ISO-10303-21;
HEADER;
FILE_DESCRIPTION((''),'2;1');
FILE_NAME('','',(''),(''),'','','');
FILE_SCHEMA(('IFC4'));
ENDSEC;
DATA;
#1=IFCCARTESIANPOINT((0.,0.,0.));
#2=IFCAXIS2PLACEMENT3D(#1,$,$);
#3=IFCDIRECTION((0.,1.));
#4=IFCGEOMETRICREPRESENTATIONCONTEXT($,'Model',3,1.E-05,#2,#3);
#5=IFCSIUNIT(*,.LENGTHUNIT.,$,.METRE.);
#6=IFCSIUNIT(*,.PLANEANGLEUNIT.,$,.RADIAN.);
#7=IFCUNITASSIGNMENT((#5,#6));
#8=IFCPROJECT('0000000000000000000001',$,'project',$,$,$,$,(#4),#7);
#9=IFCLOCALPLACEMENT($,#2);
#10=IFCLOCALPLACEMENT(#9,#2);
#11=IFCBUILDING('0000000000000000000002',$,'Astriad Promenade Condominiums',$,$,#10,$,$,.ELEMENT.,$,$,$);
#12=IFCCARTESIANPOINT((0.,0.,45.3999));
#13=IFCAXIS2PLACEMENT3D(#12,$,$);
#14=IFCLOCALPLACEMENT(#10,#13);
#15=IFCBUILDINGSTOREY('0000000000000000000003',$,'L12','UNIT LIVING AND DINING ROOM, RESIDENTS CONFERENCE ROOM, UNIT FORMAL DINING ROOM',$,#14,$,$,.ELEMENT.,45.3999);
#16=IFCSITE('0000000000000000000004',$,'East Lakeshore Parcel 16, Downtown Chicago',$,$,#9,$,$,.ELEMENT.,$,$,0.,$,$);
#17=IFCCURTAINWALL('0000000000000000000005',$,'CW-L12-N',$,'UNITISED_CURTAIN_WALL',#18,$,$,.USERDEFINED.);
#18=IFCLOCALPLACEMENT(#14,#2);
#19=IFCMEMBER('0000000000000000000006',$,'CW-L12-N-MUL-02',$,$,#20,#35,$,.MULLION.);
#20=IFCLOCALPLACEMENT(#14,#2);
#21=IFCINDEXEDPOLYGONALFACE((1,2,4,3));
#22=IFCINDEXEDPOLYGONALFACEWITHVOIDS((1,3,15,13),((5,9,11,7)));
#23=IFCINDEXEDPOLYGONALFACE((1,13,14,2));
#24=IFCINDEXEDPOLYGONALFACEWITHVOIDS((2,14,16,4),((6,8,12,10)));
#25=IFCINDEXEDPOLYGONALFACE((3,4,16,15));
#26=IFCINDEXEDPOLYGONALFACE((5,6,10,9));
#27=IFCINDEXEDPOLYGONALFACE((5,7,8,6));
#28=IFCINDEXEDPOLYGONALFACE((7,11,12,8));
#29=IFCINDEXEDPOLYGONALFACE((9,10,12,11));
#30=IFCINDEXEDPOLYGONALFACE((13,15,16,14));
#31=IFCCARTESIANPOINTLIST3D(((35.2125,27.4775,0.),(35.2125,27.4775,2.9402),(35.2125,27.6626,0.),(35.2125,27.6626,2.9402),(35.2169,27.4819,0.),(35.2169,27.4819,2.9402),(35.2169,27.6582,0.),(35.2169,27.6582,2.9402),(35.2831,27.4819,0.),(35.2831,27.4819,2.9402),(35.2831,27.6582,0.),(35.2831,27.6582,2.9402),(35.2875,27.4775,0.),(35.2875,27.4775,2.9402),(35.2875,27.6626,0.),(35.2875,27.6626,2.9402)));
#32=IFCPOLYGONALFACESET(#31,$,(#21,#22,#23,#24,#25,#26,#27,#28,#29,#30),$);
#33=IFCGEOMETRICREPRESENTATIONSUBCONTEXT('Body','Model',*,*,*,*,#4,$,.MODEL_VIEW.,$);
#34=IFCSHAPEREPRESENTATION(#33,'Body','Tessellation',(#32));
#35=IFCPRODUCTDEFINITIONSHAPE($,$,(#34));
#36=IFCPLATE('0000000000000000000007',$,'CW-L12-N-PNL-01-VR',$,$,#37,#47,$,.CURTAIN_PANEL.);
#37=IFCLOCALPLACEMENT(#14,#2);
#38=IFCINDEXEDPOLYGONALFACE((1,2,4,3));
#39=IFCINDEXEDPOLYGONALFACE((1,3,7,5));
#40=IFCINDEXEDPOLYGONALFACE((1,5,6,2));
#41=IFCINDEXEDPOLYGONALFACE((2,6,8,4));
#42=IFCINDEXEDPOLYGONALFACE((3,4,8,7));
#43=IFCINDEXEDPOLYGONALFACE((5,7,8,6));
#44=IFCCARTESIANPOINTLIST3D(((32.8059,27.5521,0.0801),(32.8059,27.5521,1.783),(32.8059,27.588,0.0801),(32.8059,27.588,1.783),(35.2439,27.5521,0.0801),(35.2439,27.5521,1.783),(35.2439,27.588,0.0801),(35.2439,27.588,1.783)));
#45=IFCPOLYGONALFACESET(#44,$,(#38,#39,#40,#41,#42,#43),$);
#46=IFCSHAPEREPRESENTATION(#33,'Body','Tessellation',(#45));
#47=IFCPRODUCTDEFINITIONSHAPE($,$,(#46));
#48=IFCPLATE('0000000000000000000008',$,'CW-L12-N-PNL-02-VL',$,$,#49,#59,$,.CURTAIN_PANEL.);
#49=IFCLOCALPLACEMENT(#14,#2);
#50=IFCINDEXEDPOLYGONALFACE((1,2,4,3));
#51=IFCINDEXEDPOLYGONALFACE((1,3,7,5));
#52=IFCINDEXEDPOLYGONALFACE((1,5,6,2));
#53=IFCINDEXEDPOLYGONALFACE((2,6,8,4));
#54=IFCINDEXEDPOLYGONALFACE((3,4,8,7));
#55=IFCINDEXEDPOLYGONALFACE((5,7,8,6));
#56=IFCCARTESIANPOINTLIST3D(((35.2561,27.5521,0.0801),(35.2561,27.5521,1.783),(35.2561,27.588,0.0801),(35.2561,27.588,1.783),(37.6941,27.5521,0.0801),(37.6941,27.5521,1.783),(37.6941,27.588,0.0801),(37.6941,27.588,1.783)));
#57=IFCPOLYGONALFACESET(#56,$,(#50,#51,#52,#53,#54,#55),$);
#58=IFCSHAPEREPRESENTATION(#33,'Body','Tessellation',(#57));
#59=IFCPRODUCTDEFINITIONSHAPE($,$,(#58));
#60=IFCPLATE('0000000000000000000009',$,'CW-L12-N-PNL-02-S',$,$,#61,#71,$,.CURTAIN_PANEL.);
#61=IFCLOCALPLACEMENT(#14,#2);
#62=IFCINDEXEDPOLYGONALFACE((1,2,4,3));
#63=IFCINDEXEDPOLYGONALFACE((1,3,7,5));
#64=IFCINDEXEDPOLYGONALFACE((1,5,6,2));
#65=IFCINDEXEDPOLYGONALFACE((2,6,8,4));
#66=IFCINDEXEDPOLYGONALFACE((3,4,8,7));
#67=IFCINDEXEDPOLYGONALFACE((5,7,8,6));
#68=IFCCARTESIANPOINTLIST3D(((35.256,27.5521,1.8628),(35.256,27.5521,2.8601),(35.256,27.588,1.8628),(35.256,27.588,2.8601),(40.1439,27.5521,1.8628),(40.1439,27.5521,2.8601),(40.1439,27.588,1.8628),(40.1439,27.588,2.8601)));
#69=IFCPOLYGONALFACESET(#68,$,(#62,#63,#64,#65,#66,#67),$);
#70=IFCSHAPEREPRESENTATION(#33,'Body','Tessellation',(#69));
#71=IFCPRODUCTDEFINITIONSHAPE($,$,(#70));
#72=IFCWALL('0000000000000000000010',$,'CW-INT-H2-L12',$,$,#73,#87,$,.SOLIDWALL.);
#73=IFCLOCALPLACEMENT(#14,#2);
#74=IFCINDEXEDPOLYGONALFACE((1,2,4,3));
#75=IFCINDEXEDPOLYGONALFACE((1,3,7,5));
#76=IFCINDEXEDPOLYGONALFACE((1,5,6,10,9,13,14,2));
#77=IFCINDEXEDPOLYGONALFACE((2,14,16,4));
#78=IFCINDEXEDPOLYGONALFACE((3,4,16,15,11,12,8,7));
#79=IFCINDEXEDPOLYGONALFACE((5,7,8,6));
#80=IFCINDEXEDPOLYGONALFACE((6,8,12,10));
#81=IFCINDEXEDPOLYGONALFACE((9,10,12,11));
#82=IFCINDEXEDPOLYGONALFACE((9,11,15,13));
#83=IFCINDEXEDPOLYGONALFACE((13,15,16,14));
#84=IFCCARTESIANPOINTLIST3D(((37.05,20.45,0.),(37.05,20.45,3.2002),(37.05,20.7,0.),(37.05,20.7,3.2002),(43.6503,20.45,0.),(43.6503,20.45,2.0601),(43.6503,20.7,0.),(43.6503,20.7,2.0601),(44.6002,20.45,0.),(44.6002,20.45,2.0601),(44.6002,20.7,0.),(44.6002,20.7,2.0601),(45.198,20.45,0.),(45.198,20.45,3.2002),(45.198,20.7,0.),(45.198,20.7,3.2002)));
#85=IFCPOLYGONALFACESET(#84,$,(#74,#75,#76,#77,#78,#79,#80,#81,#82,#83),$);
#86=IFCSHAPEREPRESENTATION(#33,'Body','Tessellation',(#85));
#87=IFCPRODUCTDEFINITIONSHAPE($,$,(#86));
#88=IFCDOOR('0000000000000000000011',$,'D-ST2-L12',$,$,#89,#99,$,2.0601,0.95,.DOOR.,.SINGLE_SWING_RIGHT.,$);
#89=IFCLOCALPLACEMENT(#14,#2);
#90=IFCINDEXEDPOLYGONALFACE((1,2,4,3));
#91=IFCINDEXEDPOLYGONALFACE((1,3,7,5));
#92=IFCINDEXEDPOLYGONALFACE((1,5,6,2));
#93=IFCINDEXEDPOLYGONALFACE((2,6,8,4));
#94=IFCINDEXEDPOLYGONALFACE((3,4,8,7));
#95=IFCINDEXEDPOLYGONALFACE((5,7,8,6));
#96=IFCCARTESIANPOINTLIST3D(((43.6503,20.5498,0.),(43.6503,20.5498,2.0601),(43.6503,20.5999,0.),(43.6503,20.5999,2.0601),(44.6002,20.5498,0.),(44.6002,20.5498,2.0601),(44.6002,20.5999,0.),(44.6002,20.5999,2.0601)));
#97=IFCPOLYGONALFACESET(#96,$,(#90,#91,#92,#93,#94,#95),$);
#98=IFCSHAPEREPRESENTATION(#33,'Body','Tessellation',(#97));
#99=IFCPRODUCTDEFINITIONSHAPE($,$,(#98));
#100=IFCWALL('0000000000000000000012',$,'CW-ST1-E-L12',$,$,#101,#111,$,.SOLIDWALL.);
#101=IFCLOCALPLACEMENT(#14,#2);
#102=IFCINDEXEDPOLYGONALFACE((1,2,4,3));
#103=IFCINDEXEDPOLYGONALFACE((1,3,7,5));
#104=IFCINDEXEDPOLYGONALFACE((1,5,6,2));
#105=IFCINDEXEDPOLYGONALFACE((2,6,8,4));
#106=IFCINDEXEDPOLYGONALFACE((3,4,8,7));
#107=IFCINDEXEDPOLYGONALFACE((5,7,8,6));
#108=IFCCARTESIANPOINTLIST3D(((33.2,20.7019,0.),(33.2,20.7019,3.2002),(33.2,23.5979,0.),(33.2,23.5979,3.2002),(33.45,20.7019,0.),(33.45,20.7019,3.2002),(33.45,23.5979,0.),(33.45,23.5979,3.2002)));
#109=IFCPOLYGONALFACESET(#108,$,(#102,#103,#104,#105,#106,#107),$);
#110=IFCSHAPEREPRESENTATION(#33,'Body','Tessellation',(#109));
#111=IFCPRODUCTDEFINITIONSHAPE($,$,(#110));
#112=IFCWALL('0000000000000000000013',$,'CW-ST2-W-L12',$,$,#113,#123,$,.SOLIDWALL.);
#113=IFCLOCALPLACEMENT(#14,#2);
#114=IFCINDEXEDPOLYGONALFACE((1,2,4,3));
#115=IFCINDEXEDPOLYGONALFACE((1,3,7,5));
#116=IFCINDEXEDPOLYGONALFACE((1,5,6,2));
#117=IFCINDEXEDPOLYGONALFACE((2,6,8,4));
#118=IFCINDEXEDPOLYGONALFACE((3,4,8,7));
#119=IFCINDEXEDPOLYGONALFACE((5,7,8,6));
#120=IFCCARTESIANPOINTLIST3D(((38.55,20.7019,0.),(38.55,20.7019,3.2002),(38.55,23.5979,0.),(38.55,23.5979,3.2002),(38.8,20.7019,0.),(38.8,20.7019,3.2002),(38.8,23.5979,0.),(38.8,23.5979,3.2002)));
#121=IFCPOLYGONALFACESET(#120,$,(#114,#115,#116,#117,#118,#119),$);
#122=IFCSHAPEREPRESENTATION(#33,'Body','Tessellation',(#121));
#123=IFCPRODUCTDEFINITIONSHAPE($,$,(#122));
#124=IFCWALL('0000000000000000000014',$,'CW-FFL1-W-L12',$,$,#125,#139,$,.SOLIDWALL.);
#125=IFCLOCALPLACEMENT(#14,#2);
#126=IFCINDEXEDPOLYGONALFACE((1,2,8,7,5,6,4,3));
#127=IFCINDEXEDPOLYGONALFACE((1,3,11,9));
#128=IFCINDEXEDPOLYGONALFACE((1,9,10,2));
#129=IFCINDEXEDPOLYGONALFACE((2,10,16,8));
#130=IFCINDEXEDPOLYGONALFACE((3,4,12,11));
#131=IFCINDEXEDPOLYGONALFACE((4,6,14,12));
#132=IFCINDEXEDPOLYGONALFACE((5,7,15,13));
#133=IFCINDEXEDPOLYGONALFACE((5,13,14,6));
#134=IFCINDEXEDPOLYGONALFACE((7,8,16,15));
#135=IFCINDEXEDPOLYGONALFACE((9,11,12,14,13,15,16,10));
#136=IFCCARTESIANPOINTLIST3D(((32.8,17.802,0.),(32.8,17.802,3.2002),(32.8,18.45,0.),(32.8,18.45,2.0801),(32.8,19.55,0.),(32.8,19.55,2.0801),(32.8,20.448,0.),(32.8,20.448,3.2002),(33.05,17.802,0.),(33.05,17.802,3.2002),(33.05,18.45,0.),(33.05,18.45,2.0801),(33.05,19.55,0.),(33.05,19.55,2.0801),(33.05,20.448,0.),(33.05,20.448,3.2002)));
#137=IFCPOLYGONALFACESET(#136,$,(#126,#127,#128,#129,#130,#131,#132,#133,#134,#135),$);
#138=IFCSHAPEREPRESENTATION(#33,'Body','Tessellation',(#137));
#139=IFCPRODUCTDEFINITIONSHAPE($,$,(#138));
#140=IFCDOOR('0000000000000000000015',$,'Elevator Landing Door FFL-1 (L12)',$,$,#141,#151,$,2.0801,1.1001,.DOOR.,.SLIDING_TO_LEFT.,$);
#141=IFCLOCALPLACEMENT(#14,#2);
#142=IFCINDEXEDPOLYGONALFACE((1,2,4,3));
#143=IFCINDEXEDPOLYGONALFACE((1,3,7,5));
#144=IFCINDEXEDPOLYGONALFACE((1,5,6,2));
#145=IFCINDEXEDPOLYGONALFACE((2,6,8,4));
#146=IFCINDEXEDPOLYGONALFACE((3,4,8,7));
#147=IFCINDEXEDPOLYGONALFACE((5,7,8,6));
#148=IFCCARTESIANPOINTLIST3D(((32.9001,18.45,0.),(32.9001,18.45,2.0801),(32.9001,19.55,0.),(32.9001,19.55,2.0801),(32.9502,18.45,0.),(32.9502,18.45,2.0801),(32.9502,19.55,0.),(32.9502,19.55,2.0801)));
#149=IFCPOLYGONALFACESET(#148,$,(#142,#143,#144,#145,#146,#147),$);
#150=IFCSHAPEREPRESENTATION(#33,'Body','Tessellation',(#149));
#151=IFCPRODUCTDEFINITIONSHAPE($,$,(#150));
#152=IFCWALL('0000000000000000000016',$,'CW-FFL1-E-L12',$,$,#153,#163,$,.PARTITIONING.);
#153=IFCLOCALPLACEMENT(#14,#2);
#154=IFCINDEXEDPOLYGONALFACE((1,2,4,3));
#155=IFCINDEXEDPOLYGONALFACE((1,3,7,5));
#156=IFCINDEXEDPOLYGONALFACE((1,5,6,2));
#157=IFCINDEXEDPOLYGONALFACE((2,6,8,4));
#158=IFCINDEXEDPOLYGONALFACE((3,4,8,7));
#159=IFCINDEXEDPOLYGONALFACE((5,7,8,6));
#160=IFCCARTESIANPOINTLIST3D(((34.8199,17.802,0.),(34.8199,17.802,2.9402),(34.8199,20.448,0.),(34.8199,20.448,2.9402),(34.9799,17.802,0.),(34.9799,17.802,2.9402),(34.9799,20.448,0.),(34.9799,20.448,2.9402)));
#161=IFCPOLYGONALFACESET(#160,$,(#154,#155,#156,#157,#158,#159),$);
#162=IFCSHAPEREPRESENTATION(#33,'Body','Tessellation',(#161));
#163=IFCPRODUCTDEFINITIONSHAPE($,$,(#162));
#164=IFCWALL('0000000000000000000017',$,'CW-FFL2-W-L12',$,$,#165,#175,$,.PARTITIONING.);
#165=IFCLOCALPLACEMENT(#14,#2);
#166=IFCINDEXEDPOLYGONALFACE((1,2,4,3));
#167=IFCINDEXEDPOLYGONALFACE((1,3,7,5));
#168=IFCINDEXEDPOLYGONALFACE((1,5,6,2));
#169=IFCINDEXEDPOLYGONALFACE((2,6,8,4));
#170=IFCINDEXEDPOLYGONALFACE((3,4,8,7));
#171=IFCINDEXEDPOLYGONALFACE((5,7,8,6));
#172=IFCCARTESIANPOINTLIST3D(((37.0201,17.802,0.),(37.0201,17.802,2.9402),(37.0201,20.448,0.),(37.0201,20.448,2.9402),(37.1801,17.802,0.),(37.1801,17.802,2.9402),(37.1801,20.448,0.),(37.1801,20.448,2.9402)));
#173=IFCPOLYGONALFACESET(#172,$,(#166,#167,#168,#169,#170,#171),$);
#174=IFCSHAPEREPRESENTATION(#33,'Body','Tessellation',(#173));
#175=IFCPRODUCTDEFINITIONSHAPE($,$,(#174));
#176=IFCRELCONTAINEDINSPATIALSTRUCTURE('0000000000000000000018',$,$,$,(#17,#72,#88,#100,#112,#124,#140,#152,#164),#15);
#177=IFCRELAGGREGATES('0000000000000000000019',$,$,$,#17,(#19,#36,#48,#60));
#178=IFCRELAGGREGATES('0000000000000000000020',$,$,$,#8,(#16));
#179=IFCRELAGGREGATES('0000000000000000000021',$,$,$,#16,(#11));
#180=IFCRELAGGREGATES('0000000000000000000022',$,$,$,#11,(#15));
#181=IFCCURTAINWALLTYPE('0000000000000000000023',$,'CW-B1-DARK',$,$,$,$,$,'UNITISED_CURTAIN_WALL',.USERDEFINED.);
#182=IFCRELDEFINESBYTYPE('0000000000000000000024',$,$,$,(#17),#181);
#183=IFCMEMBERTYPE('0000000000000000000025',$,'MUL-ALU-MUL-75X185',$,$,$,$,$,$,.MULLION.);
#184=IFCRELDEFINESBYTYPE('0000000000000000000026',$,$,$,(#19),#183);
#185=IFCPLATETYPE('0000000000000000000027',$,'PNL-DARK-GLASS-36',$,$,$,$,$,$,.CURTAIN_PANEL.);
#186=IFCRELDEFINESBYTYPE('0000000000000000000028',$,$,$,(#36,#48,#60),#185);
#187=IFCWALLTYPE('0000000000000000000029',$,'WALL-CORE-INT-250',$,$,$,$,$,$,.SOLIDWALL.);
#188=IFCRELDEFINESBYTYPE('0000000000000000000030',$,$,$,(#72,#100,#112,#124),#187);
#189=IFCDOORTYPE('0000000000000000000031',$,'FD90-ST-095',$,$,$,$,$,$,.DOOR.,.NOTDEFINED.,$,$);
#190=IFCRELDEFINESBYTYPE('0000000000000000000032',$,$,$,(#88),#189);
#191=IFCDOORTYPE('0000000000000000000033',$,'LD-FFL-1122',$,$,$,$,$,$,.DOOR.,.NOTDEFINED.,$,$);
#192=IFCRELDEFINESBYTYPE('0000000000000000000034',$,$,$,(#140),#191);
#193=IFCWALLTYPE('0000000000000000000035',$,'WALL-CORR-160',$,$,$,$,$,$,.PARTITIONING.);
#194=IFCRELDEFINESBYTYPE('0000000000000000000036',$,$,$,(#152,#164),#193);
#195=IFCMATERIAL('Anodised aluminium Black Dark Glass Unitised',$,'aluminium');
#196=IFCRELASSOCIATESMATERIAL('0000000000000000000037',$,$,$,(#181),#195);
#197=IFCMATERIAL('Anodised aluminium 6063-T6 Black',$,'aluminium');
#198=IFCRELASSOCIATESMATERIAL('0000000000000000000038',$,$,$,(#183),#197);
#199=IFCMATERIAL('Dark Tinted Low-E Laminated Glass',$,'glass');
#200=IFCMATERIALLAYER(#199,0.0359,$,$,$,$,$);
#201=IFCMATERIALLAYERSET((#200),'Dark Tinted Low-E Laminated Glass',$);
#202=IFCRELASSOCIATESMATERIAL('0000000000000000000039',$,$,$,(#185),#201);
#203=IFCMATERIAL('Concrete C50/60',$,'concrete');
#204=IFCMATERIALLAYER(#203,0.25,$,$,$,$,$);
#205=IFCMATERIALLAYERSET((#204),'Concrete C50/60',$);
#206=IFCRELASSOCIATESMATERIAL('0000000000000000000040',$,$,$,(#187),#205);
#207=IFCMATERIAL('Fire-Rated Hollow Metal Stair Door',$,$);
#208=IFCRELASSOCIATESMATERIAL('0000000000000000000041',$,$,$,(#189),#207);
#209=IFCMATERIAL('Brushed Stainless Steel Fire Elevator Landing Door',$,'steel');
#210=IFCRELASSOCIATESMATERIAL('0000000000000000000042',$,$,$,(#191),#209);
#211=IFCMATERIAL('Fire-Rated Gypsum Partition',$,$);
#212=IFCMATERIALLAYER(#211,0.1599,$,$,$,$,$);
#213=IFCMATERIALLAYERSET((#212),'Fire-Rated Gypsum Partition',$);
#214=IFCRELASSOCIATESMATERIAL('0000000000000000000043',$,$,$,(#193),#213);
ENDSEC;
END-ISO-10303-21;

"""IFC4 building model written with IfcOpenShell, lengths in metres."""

from ifc_helpers import new_model, si_unit, direction, frame, frame_2d, origin, origin_2d, place, context, subcontext, project, spatial, rectangle, hollow_rectangle, extrude, source, transform, mapped, material, layer, layer_set, material_profile, profile_set, type_object, type_shapes, element, fill, aggregate, save


model = new_model("IFC4")

# Units and contexts
model_context = context("Model", 3, precision=1e-05, world=origin(), true_north=direction((0.0, 1.0)))
body_context = subcontext(model_context, "Body", "Model", "MODEL_VIEW")
ifc_project = project(units=[si_unit("LENGTHUNIT", "METRE"), si_unit("PLANEANGLEUNIT", "RADIAN")], contexts=[model_context])

# Site, building, storey
site_placement = place(None, origin())
site = spatial("IfcSite", under=ifc_project, at=site_placement, Name="East Lakeshore Parcel 16, Downtown Chicago", CompositionType="ELEMENT", RefElevation=0.0)
building_placement = place(site_placement, origin())
building = spatial("IfcBuilding", under=site, at=building_placement, Name="Astriad Promenade Condominiums", CompositionType="ELEMENT")
storey_placement = place(building_placement, frame((0.0, 0.0, 45.3999)))
storey = spatial("IfcBuildingStorey", under=building, at=storey_placement, Name="L12", Description="UNIT LIVING AND DINING ROOM, RESIDENTS CONFERENCE ROOM, UNIT FORMAL DINING ROOM", CompositionType="ELEMENT", Elevation=45.3999)

# Curtain wall, member, plates
ifc_material_1 = material(Name="Anodised aluminium Black Dark Glass Unitised", Category="aluminium")
curtain_wall_type = type_object("IfcCurtainWallType", Name="CW-B1-DARK", ElementType="UNITISED_CURTAIN_WALL", PredefinedType="USERDEFINED", material=ifc_material_1)
curtain_wall_placement = place(storey_placement, origin())
curtain_wall = element("IfcCurtainWall", 1, at=curtain_wall_placement, inside=storey, type_object=curtain_wall_type, Name="CW-L12-N", ObjectType="UNITISED_CURTAIN_WALL", PredefinedType="USERDEFINED")
ifc_material_2 = material(Name="Anodised aluminium 6063-T6 Black", Category="aluminium")
ifc_material_profile_1 = material_profile(ifc_material_2, hollow_rectangle(XDim=0.075, YDim=0.1851, WallThickness=0.0044, at=origin_2d()), Name="ALU-MUL-75X185")
ifc_profile_set_1 = profile_set([ifc_material_profile_1], Name="Anodised aluminium 6063-T6 Black")
member_type_1 = type_object("IfcMemberType", Name="MUL-ALU-MUL-75X185", PredefinedType="MULLION", material=ifc_profile_set_1)
shared_shape_1 = source(origin(), body_context, "Body", "SweptSolid", [
    extrude(hollow_rectangle(XDim=0.075, YDim=0.1851, WallThickness=0.0044, at=origin_2d()), origin(), (0.0, 0.0, 1.0), 2.9402),
])
type_shapes(member_type_1, [shared_shape_1])
member_1_placement = place(storey_placement, frame((35.25, 27.5701, 0.0), z_axis=(0.0, 0.0, 1.0), x_axis=(1.0, 0.0, 0.0)))
member_1 = element("IfcMember", 2, at=member_1_placement, type_object=member_type_1, Name="CW-L12-N-MUL-02", PredefinedType="MULLION", context=body_context, shape_type="MappedRepresentation", body=[
    mapped(shared_shape_1, transform((0.0, 0.0, 0.0), scale=1.0)),
])
ifc_material_3 = material(Name="Dark Tinted Low-E Laminated Glass", Category="glass")
ifc_layer_1 = layer(ifc_material_3, 0.0359)
ifc_layer_set_1 = layer_set([ifc_layer_1], Name="Dark Tinted Low-E Laminated Glass")
plate_type = type_object("IfcPlateType", Name="PNL-DARK-GLASS-36", PredefinedType="CURTAIN_PANEL", material=ifc_layer_set_1)
shared_shape_2 = source(origin(), body_context, "Body", "SweptSolid", [
    extrude(rectangle(XDim=2.438, YDim=0.0359, at=origin_2d()), origin(), (0.0, 0.0, 1.0), 1.7029),
])
plate_1_placement = place(storey_placement, frame((34.0249, 27.5701, 0.0801), z_axis=(0.0, 0.0, 1.0), x_axis=(1.0, 0.0, 0.0)))
plate_1 = element("IfcPlate", 3, at=plate_1_placement, type_object=plate_type, Name="CW-L12-N-PNL-01-VR", PredefinedType="CURTAIN_PANEL", context=body_context, shape_type="MappedRepresentation", body=[
    mapped(shared_shape_2, transform((0.0, 0.0, 0.0), scale=1.0)),
])
plate_2_placement = place(storey_placement, frame((36.4751, 27.5701, 0.0801), z_axis=(0.0, 0.0, 1.0), x_axis=(1.0, 0.0, 0.0)))
plate_2 = element("IfcPlate", 4, at=plate_2_placement, type_object=plate_type, Name="CW-L12-N-PNL-02-VL", PredefinedType="CURTAIN_PANEL", context=body_context, shape_type="MappedRepresentation", body=[
    mapped(shared_shape_2, transform((0.0, 0.0, 0.0), scale=1.0)),
])
shared_shape_3 = source(origin(), body_context, "Body", "SweptSolid", [
    extrude(rectangle(XDim=4.8879, YDim=0.0359, at=origin_2d()), origin(), (0.0, 0.0, 1.0), 0.9973),
])
type_shapes(plate_type, [shared_shape_2, shared_shape_3])
plate_3_placement = place(storey_placement, frame((37.7, 27.5701, 1.8628), z_axis=(0.0, 0.0, 1.0), x_axis=(1.0, 0.0, 0.0)))
plate_3 = element("IfcPlate", 5, at=plate_3_placement, type_object=plate_type, Name="CW-L12-N-PNL-02-S", PredefinedType="CURTAIN_PANEL", context=body_context, shape_type="MappedRepresentation", body=[
    mapped(shared_shape_3, transform((0.0, 0.0, 0.0), scale=1.0)),
])
aggregate(curtain_wall, [member_1, plate_1, plate_2, plate_3])

# Wall, opening, door
ifc_material_4 = material(Name="Concrete C50/60", Category="concrete")
ifc_layer_2 = layer(ifc_material_4, 0.25)
ifc_layer_set_2 = layer_set([ifc_layer_2], Name="Concrete C50/60")
wall_type_1 = type_object("IfcWallType", Name="WALL-CORE-INT-250", PredefinedType="SOLIDWALL", material=ifc_layer_set_2)
wall_1_placement = place(storey_placement, frame((37.05, 20.575, 0.0), z_axis=(0.0, 0.0, 1.0), x_axis=(1.0, 0.0, 0.0)))
wall_1 = element("IfcWall", 6, at=wall_1_placement, inside=storey, type_object=wall_type_1, Name="CW-INT-H2-L12", PredefinedType="SOLIDWALL", context=body_context, shape_type="SweptSolid", body=[
    extrude(rectangle(XDim=8.1479, YDim=0.25, at=frame_2d((4.074, 0.0))), origin(), (0.0, 0.0, 1.0), 3.2002),
])
opening_1_placement = place(wall_1_placement, frame((6.6001, 0.0, 0.0)))
opening_1 = element("IfcOpeningElement", 7, at=opening_1_placement, cuts=wall_1, PredefinedType="OPENING", context=body_context, shape_type="SweptSolid", body=[
    extrude(rectangle(XDim=0.95, YDim=2.0601, at=frame_2d((0.4751, 1.03))), frame((0.0, 0.135, 0.0), z_axis=(0.0, -1.0, 0.0), x_axis=(1.0, 0.0, 0.0)), (0.0, 0.0, 1.0), 0.27),
])
ifc_material_5 = material(Name="Fire-Rated Hollow Metal Stair Door")
door_type_1 = type_object("IfcDoorType", Name="FD90-ST-095", OperationType="NOTDEFINED", PredefinedType="DOOR", material=ifc_material_5)
shared_shape_4 = source(origin(), body_context, "Body", "SweptSolid", [
    extrude(rectangle(XDim=0.95, YDim=2.0601, at=frame_2d((0.4751, 1.03))), frame((0.0, 0.0249, 0.0), z_axis=(0.0, -1.0, 0.0), x_axis=(1.0, 0.0, 0.0)), (0.0, 0.0, 1.0), 0.05),
])
type_shapes(door_type_1, [shared_shape_4])
door_1_placement = place(opening_1_placement, origin())
door_1 = element("IfcDoor", 8, at=door_1_placement, inside=storey, type_object=door_type_1, Name="D-ST2-L12", OperationType="SINGLE_SWING_RIGHT", OverallHeight=2.0601, OverallWidth=0.95, PredefinedType="DOOR", context=body_context, shape_type="MappedRepresentation", body=[
    mapped(shared_shape_4, transform((0.0, 0.0, 0.0), scale=1.0)),
])
fill(opening_1, door_1)

# Walls
for number, where, z_axis, x_axis, name in (
    (9, (33.325, 20.7019, 0.0), (0.0, 0.0, 1.0), (0.0, 1.0, 0.0), "CW-ST1-E-L12"),
    (10, (38.675, 20.7019, 0.0), (0.0, 0.0, 1.0), (0.0, 1.0, 0.0), "CW-ST2-W-L12"),
):
    element("IfcWall", number, at=place(storey_placement, frame(where, z_axis=z_axis, x_axis=x_axis)), inside=storey, type_object=wall_type_1, Name=name, PredefinedType="SOLIDWALL", context=body_context, shape_type="SweptSolid", body=[
        extrude(rectangle(XDim=2.896, YDim=0.25, at=frame_2d((1.448, 0.0))), origin(), (0.0, 0.0, 1.0), 3.2002),
    ])

# Wall, opening, door
wall_2_placement = place(storey_placement, frame((32.925, 17.802, 0.0), z_axis=(0.0, 0.0, 1.0), x_axis=(0.0, 1.0, 0.0)))
wall_2 = element("IfcWall", 11, at=wall_2_placement, inside=storey, type_object=wall_type_1, Name="CW-FFL1-W-L12", PredefinedType="SOLIDWALL", context=body_context, shape_type="SweptSolid", body=[
    extrude(rectangle(XDim=2.646, YDim=0.25, at=frame_2d((1.323, 0.0))), origin(), (0.0, 0.0, 1.0), 3.2002),
])
opening_2_placement = place(wall_2_placement, frame((0.6479, 0.0, 0.0)))
opening_2 = element("IfcOpeningElement", 12, at=opening_2_placement, cuts=wall_2, PredefinedType="OPENING", context=body_context, shape_type="SweptSolid", body=[
    extrude(rectangle(XDim=1.1001, YDim=2.0801, at=frame_2d((0.55, 1.04))), frame((0.0, 0.135, 0.0), z_axis=(0.0, -1.0, 0.0), x_axis=(1.0, 0.0, 0.0)), (0.0, 0.0, 1.0), 0.27),
])
ifc_material_6 = material(Name="Brushed Stainless Steel Fire Elevator Landing Door", Category="steel")
door_type_2 = type_object("IfcDoorType", Name="LD-FFL-1122", OperationType="NOTDEFINED", PredefinedType="DOOR", material=ifc_material_6)
shared_shape_5 = source(origin(), body_context, "Body", "SweptSolid", [
    extrude(rectangle(XDim=1.1001, YDim=2.0801, at=frame_2d((0.55, 1.04))), frame((0.0, 0.0249, 0.0), z_axis=(0.0, -1.0, 0.0), x_axis=(1.0, 0.0, 0.0)), (0.0, 0.0, 1.0), 0.05),
])
type_shapes(door_type_2, [shared_shape_5])
door_2_placement = place(opening_2_placement, origin())
door_2 = element("IfcDoor", 13, at=door_2_placement, inside=storey, type_object=door_type_2, Name="Elevator Landing Door FFL-1 (L12)", OperationType="SLIDING_TO_LEFT", OverallHeight=2.0801, OverallWidth=1.1001, PredefinedType="DOOR", context=body_context, shape_type="MappedRepresentation", body=[
    mapped(shared_shape_5, transform((0.0, 0.0, 0.0), scale=1.0)),
])
fill(opening_2, door_2)

# Walls
ifc_material_7 = material(Name="Fire-Rated Gypsum Partition")
ifc_layer_3 = layer(ifc_material_7, 0.1599)
ifc_layer_set_3 = layer_set([ifc_layer_3], Name="Fire-Rated Gypsum Partition")
wall_type_2 = type_object("IfcWallType", Name="WALL-CORR-160", PredefinedType="PARTITIONING", material=ifc_layer_set_3)
for number, where, z_axis, x_axis, name in (
    (14, (34.8999, 17.802, 0.0), (0.0, 0.0, 1.0), (0.0, 1.0, 0.0), "CW-FFL1-E-L12"),
    (15, (37.1001, 17.802, 0.0), (0.0, 0.0, 1.0), (0.0, 1.0, 0.0), "CW-FFL2-W-L12"),
):
    element("IfcWall", number, at=place(storey_placement, frame(where, z_axis=z_axis, x_axis=x_axis)), inside=storey, type_object=wall_type_2, Name=name, PredefinedType="PARTITIONING", context=body_context, shape_type="SweptSolid", body=[
        extrude(rectangle(XDim=2.646, YDim=0.1599, at=frame_2d((1.323, 0.0))), origin(), (0.0, 0.0, 1.0), 2.9402),
    ])

save(model, "model.ifc")
